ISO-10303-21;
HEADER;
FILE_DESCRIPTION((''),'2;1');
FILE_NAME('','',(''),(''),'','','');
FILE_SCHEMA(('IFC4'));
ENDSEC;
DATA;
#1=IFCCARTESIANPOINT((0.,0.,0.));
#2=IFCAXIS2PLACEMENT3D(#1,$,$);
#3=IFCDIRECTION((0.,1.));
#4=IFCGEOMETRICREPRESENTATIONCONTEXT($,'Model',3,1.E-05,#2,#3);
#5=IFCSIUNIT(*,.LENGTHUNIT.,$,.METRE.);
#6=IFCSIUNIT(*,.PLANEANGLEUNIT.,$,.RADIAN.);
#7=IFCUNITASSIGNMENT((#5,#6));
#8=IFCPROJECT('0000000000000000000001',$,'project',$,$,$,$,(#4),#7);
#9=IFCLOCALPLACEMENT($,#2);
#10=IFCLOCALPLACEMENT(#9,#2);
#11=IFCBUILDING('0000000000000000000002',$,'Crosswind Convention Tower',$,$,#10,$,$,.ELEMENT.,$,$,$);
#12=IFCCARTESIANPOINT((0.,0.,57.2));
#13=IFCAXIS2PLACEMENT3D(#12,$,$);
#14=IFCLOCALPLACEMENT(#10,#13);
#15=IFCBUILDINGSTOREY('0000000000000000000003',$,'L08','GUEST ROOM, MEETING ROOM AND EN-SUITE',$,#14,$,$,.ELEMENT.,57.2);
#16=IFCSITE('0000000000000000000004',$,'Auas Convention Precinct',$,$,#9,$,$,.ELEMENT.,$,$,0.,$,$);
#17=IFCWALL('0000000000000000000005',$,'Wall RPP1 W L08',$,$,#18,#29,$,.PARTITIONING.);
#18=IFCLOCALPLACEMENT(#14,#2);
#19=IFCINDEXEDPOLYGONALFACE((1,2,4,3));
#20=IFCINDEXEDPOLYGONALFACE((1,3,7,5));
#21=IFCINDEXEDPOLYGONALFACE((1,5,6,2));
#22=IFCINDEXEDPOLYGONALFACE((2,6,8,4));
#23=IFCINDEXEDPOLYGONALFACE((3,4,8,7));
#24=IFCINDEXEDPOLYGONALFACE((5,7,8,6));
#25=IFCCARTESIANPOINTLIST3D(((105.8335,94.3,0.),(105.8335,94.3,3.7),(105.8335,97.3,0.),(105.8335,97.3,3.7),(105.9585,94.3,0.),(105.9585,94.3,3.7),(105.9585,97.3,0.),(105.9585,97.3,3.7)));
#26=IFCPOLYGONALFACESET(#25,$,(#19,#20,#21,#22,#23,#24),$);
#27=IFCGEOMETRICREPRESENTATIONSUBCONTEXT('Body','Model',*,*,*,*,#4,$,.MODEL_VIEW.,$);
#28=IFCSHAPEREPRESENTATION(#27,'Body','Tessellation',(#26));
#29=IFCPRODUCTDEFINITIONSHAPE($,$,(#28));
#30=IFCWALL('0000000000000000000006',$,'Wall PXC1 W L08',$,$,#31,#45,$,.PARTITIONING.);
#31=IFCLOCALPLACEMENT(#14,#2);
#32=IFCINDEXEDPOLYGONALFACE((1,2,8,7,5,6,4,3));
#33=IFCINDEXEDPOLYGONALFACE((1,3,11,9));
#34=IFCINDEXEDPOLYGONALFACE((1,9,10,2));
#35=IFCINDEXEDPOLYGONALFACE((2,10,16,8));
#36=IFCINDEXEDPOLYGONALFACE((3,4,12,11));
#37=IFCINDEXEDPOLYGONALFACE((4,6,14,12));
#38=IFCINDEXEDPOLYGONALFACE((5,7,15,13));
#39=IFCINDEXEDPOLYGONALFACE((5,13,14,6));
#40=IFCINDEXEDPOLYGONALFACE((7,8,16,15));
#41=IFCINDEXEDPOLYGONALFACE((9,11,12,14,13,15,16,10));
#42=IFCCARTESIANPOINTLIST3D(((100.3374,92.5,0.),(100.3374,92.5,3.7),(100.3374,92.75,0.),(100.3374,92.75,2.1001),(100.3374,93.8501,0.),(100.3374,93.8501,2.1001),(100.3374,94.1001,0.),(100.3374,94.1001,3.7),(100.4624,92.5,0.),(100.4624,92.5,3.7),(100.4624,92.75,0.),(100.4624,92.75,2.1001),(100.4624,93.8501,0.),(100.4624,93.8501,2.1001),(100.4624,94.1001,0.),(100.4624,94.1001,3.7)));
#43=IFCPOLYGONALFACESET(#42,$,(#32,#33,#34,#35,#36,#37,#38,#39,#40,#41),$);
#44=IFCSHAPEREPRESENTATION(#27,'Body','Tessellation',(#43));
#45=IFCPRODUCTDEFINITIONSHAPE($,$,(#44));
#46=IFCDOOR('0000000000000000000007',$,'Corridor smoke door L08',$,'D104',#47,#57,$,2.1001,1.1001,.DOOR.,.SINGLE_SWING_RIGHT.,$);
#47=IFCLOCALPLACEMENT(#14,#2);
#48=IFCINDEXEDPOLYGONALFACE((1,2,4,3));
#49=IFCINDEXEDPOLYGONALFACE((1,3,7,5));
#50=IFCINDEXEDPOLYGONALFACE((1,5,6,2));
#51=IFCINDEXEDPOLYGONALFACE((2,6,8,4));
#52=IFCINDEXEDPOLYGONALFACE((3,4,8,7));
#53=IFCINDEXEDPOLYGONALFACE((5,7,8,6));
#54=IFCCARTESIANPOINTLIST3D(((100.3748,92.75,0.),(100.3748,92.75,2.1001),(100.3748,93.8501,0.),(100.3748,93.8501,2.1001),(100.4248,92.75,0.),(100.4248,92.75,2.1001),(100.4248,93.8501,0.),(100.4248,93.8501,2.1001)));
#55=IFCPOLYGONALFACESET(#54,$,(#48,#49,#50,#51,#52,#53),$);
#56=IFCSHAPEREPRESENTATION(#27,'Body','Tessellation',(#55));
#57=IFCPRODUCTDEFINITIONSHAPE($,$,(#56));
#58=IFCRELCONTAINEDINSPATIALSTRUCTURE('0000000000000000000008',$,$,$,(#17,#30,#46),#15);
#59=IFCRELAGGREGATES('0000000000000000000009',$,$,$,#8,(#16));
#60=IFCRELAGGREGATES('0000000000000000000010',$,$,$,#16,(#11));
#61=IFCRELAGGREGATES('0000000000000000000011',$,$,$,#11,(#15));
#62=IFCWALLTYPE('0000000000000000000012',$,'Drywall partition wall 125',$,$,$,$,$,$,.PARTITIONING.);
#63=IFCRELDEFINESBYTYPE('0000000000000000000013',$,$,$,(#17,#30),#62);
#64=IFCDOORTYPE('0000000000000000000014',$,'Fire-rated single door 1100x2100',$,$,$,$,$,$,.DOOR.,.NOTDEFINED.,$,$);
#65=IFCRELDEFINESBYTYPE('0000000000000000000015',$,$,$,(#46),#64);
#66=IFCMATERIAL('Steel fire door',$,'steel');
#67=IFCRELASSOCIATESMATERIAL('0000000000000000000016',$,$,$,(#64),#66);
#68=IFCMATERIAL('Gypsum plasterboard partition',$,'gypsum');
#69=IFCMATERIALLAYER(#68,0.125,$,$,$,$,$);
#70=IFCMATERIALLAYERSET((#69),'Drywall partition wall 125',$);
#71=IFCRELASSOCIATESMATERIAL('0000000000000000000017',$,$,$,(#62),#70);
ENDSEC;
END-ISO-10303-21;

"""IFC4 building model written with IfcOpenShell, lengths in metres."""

from ifc_helpers import new_model, si_unit, direction, frame, frame_2d, origin, place, context, subcontext, project, spatial, rectangle, extrude, material, layer, layer_set, type_object, element, fill, save


model = new_model("IFC4")

# Units and contexts
model_context = context("Model", 3, precision=1e-05, world=origin(), true_north=direction((0.0, 1.0)))
body_context = subcontext(model_context, "Body", "Model", "MODEL_VIEW")
ifc_project = project(units=[si_unit("LENGTHUNIT", "METRE"), si_unit("PLANEANGLEUNIT", "RADIAN")], contexts=[model_context])

# Site, building, storey
site_placement = place(None, origin())
site = spatial("IfcSite", under=ifc_project, at=site_placement, Name="Auas Convention Precinct", CompositionType="ELEMENT", RefElevation=0.0)
building_placement = place(site_placement, origin())
building = spatial("IfcBuilding", under=site, at=building_placement, Name="Crosswind Convention Tower", CompositionType="ELEMENT")
storey_placement = place(building_placement, frame((0.0, 0.0, 57.2)))
storey = spatial("IfcBuildingStorey", under=building, at=storey_placement, Name="L08", Description="GUEST ROOM, MEETING ROOM AND EN-SUITE", CompositionType="ELEMENT", Elevation=57.2)

# Shared definitions
ifc_material_1 = material(Name="Steel fire door", Category="steel")
door_type_1 = type_object("IfcDoorType", Name="Fire-rated single door 1100x2100", OperationType="NOTDEFINED", PredefinedType="DOOR", material=ifc_material_1)

# Wall
ifc_material_2 = material(Name="Gypsum plasterboard partition", Category="gypsum")
ifc_layer_1 = layer(ifc_material_2, 0.125)
ifc_layer_set_1 = layer_set([ifc_layer_1], Name="Drywall partition wall 125")
wall_type_1 = type_object("IfcWallType", Name="Drywall partition wall 125", PredefinedType="PARTITIONING", material=ifc_layer_set_1)
wall_1_placement = place(storey_placement, frame((105.896, 97.3, 0.0), z_axis=(0.0, 0.0, 1.0), x_axis=(0.0, -1.0, 0.0)))
element("IfcWall", 1, at=wall_1_placement, inside=storey, type_object=wall_type_1, Name="Wall RPP1 W L08", PredefinedType="PARTITIONING", context=body_context, shape_type="SweptSolid", body=[
    extrude(rectangle(XDim=3.0, YDim=0.125, at=frame_2d((1.5, 0.0))), origin(), (0.0, 0.0, 1.0), 3.7),
])

# Wall, opening, door
wall_2_placement = place(storey_placement, frame((100.3999, 94.1001, 0.0), z_axis=(0.0, 0.0, 1.0), x_axis=(0.0, -1.0, 0.0)))
wall_2 = element("IfcWall", 2, at=wall_2_placement, inside=storey, type_object=wall_type_1, Name="Wall PXC1 W L08", PredefinedType="PARTITIONING", context=body_context, shape_type="SweptSolid", body=[
    extrude(rectangle(XDim=1.6001, YDim=0.125, at=frame_2d((0.8, 0.0))), origin(), (0.0, 0.0, 1.0), 3.7),
])
opening_1_placement = place(wall_2_placement, frame((0.25, 0.0, 0.0)))
opening_1 = element("IfcOpeningElement", 3, at=opening_1_placement, cuts=wall_2, PredefinedType="OPENING", context=body_context, shape_type="SweptSolid", body=[
    extrude(rectangle(XDim=1.1001, YDim=2.1001, at=frame_2d((0.55, 1.05))), frame((0.0, 0.0725, 0.0), z_axis=(0.0, -1.0, 0.0), x_axis=(1.0, 0.0, 0.0)), (0.0, 0.0, 1.0), 0.145),
])
door_1_placement = place(opening_1_placement, origin())
door_1 = element("IfcDoor", 4, at=door_1_placement, inside=storey, type_object=door_type_1, Name="Corridor smoke door L08", ObjectType="D104", OperationType="SINGLE_SWING_RIGHT", OverallHeight=2.1001, OverallWidth=1.1001, PredefinedType="DOOR", context=body_context, shape_type="SweptSolid", body=[
    extrude(rectangle(XDim=1.1001, YDim=2.1001, at=frame_2d((0.55, 1.05))), frame((0.0, 0.0249, 0.0), z_axis=(0.0, -1.0, 0.0), x_axis=(1.0, 0.0, 0.0)), (0.0, 0.0, 1.0), 0.05),
])
fill(opening_1, door_1)

save(model, "model.ifc")
